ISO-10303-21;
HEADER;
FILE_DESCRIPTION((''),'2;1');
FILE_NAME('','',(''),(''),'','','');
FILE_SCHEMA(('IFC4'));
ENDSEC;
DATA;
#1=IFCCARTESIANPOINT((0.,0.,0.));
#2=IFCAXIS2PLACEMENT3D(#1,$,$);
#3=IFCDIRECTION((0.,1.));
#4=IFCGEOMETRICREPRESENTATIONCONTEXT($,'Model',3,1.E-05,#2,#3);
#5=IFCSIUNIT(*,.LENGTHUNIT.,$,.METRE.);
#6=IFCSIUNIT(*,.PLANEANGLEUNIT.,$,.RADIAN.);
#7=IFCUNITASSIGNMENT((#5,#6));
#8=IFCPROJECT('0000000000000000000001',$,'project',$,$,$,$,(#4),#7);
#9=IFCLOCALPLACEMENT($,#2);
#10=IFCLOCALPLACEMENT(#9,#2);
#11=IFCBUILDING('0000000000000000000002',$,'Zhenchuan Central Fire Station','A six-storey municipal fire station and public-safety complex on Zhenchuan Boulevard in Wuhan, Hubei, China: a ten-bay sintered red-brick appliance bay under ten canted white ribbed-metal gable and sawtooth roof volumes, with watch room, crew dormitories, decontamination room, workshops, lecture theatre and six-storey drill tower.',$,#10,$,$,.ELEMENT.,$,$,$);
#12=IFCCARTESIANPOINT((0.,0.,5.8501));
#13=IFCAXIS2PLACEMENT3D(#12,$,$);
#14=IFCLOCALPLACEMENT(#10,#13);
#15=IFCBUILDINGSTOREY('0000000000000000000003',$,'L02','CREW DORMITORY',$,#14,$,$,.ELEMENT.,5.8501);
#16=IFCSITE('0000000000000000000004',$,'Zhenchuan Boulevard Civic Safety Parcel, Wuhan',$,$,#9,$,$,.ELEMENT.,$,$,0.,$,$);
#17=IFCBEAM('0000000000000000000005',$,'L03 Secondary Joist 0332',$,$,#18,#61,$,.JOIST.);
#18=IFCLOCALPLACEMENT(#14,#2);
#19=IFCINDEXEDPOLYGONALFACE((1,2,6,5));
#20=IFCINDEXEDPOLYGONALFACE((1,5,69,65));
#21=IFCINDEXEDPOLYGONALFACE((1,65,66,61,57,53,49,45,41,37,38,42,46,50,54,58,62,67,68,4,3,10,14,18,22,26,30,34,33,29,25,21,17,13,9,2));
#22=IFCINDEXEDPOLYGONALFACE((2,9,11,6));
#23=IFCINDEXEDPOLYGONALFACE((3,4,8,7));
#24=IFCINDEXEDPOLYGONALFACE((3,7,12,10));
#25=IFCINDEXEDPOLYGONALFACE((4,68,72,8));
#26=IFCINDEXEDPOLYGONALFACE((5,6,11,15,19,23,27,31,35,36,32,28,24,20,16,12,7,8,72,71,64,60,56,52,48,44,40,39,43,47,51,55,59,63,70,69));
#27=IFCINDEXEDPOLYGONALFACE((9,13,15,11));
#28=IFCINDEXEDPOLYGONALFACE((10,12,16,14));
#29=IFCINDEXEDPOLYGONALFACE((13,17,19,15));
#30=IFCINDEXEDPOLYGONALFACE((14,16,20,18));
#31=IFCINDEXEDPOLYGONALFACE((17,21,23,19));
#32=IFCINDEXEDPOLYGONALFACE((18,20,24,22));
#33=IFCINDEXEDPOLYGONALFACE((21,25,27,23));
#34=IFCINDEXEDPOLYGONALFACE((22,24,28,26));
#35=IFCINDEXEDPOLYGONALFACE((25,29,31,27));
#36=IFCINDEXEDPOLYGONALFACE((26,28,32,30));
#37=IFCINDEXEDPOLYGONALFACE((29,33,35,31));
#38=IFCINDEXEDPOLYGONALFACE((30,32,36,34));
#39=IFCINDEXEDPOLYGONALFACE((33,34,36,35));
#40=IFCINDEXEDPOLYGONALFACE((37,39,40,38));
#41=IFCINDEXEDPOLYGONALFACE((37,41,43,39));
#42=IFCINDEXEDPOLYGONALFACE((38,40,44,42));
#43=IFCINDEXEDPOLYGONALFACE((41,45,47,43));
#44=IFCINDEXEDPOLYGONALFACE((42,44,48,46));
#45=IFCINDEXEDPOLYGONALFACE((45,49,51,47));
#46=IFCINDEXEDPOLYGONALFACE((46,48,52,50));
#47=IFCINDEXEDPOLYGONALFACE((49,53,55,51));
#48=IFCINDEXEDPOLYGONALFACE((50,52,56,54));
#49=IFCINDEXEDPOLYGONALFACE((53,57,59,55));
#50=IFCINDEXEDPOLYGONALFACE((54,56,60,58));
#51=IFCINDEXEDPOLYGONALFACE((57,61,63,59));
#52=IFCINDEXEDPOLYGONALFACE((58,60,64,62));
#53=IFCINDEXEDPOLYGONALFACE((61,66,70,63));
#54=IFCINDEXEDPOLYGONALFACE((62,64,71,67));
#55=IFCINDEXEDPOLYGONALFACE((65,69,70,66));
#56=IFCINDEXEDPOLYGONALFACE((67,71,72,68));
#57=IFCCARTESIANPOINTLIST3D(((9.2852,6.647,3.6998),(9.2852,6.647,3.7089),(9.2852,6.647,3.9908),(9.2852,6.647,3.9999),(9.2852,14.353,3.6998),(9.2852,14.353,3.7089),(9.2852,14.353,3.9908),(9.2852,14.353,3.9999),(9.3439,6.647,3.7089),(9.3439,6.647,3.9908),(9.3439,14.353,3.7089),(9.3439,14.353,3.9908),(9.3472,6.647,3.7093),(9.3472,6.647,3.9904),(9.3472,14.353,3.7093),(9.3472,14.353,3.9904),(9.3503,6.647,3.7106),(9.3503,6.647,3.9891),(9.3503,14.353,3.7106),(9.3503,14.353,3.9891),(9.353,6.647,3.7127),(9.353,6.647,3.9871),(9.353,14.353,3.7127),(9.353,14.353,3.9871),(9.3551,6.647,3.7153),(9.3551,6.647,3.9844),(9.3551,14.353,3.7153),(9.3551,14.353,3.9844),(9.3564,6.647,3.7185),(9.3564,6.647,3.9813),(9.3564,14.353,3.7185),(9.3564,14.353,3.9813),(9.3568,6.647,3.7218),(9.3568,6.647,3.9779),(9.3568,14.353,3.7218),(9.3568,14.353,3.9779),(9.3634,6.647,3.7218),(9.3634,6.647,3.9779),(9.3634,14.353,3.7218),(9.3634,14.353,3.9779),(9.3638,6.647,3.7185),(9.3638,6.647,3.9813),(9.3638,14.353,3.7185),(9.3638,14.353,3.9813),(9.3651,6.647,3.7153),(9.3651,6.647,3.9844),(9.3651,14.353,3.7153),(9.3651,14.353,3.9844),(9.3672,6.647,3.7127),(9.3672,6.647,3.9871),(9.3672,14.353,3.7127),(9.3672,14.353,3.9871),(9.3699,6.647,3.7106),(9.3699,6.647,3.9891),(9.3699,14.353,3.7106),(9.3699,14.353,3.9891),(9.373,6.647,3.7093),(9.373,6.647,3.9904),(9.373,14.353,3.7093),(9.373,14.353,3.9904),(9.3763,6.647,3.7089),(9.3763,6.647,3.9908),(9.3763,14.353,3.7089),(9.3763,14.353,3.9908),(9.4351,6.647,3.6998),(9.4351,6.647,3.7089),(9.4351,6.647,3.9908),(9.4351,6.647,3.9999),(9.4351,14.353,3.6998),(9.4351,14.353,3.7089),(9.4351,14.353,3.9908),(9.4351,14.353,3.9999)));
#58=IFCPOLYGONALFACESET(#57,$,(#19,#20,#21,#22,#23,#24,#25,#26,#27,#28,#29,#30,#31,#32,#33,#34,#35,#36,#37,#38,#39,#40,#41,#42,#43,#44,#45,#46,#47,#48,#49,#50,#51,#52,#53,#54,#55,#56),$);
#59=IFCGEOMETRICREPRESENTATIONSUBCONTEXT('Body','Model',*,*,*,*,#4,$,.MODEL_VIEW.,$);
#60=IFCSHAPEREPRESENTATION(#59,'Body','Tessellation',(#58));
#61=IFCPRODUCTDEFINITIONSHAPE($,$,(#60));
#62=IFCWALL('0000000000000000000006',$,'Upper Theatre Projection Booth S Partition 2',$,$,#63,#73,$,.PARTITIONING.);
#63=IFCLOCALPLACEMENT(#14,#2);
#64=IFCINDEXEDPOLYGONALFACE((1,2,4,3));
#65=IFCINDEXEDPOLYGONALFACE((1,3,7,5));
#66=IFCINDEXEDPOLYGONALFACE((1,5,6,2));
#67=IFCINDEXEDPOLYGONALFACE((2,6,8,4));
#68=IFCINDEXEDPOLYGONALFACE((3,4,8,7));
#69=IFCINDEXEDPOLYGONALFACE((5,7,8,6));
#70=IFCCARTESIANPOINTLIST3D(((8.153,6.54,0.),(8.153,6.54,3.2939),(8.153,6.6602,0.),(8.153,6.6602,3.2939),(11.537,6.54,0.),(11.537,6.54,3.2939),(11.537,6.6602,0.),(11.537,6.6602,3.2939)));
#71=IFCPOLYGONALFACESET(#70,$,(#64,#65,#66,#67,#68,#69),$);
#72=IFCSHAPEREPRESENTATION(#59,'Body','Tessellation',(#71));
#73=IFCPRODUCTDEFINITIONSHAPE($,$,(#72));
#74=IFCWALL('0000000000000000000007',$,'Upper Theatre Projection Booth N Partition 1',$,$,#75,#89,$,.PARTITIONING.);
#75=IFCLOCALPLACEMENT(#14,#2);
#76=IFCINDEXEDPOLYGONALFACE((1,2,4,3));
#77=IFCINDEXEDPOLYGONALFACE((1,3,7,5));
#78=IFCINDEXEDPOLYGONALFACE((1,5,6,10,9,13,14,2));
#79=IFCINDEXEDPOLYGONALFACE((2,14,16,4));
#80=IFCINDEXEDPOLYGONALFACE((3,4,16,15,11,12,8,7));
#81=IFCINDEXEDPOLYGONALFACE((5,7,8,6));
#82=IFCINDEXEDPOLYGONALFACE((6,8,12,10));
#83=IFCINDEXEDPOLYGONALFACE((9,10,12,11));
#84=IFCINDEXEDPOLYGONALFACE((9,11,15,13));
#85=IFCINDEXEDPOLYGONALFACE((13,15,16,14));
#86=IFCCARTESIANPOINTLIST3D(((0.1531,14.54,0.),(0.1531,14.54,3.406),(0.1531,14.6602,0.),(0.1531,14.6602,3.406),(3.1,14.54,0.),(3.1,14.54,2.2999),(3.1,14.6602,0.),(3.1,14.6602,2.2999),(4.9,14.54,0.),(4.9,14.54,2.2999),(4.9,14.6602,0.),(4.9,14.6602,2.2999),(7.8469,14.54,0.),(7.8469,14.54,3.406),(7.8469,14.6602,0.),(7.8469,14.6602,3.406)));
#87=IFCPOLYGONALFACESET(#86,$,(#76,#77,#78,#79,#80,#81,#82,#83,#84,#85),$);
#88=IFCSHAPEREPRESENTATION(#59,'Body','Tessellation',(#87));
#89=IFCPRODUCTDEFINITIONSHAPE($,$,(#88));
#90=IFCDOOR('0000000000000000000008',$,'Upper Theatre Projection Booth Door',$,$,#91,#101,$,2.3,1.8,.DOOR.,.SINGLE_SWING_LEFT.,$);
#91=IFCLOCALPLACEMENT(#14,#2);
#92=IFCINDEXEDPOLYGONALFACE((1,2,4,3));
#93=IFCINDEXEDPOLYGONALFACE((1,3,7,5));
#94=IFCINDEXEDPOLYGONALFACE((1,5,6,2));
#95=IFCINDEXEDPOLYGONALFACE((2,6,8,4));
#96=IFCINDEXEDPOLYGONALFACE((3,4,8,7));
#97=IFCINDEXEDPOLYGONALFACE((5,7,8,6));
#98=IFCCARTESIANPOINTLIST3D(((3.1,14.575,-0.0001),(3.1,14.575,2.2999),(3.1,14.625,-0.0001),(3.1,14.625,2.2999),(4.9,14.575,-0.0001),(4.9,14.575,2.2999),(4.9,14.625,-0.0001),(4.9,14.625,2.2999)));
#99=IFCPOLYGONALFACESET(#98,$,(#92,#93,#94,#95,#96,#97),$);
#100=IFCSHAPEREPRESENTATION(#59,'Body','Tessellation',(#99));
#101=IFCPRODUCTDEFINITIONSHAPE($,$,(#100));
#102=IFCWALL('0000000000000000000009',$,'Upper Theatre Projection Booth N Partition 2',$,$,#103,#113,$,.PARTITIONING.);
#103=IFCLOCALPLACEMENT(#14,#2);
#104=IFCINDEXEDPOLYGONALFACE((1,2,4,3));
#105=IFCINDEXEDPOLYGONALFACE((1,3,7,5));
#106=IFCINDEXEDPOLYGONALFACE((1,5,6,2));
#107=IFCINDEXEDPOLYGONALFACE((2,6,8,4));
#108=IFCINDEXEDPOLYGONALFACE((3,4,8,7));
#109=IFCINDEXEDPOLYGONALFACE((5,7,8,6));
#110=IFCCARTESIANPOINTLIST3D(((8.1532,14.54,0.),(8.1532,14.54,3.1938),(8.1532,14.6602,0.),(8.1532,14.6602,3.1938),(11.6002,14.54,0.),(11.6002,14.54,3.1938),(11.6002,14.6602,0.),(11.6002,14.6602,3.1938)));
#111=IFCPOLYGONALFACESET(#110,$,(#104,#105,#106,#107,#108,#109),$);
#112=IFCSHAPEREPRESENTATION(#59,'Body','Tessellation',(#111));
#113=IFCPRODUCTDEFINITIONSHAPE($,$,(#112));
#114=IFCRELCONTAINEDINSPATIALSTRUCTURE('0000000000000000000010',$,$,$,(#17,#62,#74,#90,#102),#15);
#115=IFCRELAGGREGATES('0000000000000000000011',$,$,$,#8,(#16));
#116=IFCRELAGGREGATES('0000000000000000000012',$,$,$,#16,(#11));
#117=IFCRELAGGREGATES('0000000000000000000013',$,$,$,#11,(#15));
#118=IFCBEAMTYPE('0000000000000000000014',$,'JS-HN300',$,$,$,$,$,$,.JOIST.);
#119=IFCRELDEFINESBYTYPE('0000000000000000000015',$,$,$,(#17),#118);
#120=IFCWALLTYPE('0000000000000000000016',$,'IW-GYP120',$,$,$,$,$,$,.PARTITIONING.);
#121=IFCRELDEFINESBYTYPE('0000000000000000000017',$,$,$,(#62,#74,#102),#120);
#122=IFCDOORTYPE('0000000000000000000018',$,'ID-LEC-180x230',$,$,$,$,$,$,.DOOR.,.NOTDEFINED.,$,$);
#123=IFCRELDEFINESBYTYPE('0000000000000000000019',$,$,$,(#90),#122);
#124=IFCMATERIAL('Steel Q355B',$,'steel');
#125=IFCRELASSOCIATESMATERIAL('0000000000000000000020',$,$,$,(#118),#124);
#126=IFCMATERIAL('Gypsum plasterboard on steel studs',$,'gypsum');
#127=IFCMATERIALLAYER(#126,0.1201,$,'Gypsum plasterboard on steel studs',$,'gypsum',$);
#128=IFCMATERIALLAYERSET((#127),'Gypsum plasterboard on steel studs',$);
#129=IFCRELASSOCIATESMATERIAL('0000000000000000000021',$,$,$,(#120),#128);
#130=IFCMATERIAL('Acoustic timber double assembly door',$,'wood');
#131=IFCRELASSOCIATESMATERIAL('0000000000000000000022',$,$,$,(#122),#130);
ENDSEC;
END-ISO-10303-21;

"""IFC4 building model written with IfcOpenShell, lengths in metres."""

from ifc_helpers import new_model, si_unit, direction, frame, frame_2d, origin, origin_2d, place, context, subcontext, project, spatial, rectangle, i_section, extrude, material, layer, layer_set, material_profile, profile_set, type_object, element, fill, save


model = new_model("IFC4")

# Units and contexts
model_context = context("Model", 3, precision=1e-05, world=origin(), true_north=direction((0.0, 1.0)))
body_context = subcontext(model_context, "Body", "Model", "MODEL_VIEW")
ifc_project = project(units=[si_unit("LENGTHUNIT", "METRE"), si_unit("PLANEANGLEUNIT", "RADIAN")], contexts=[model_context])

# Site, building, storey
site_placement = place(None, origin())
site = spatial("IfcSite", under=ifc_project, at=site_placement, Name="Zhenchuan Boulevard Civic Safety Parcel, Wuhan", CompositionType="ELEMENT", RefElevation=0.0)
building_placement = place(site_placement, origin())
building = spatial("IfcBuilding", under=site, at=building_placement, Name="Zhenchuan Central Fire Station", Description="A six-storey municipal fire station and public-safety complex on Zhenchuan Boulevard in Wuhan, Hubei, China: a ten-bay sintered red-brick appliance bay under ten canted white ribbed-metal gable and sawtooth roof volumes, with watch room, crew dormitories, decontamination room, workshops, lecture theatre and six-storey drill tower.", CompositionType="ELEMENT")
storey_placement = place(building_placement, frame((0.0, 0.0, 5.8501)))
storey = spatial("IfcBuildingStorey", under=building, at=storey_placement, Name="L02", Description="CREW DORMITORY", CompositionType="ELEMENT", Elevation=5.8501)

# Shared definitions
ifc_material_1 = material(Name="Steel Q355B", Category="steel")

# Beam
ifc_material_profile_1 = material_profile(ifc_material_1, i_section(OverallWidth=0.1499, OverallDepth=0.3, WebThickness=0.0066, FlangeThickness=0.009, FilletRadius=0.0129, at=origin_2d()), Name="HN 300x150")
ifc_profile_set_1 = profile_set([ifc_material_profile_1], Name="Steel Q355B")
beam_type_1 = type_object("IfcBeamType", Name="JS-HN300", PredefinedType="JOIST", material=ifc_profile_set_1)
beam_1_placement = place(storey_placement, frame((9.3601, 6.647, 3.8499), z_axis=(0.0, 1.0, 0.0), x_axis=(-1.0, 0.0, 0.0)))
element("IfcBeam", 1, at=beam_1_placement, inside=storey, type_object=beam_type_1, Name="L03 Secondary Joist 0332", PredefinedType="JOIST", context=body_context, shape_type="SweptSolid", body=[
    extrude(i_section(OverallWidth=0.1499, OverallDepth=0.3, WebThickness=0.0066, FlangeThickness=0.009, FilletRadius=0.0129, at=origin_2d()), origin(), (0.0, 0.0, 1.0), 7.7061),
])

# Wall
ifc_material_2 = material(Name="Gypsum plasterboard on steel studs", Category="gypsum")
ifc_layer = layer(ifc_material_2, 0.1201, Name="Gypsum plasterboard on steel studs", Category="gypsum")
ifc_layer_set = layer_set([ifc_layer], Name="Gypsum plasterboard on steel studs")
wall_type = type_object("IfcWallType", Name="IW-GYP120", PredefinedType="PARTITIONING", material=ifc_layer_set)
wall_1_placement = place(storey_placement, frame((8.1531, 6.6001, 0.0), z_axis=(0.0, 0.0, 1.0), x_axis=(1.0, 0.0, 0.0)))
element("IfcWall", 2, at=wall_1_placement, inside=storey, type_object=wall_type, Name="Upper Theatre Projection Booth S Partition 2", PredefinedType="PARTITIONING", context=body_context, shape_type="SweptSolid", body=[
    extrude(rectangle(XDim=3.384, YDim=0.1201, at=frame_2d((1.6919, 0.0))), origin(), (0.0, 0.0, 1.0), 3.2939),
])

# Wall, opening, door
wall_2_placement = place(storey_placement, frame((0.1531, 14.6001, 0.0), z_axis=(0.0, 0.0, 1.0), x_axis=(1.0, 0.0, 0.0)))
wall_2 = element("IfcWall", 3, at=wall_2_placement, inside=storey, type_object=wall_type, Name="Upper Theatre Projection Booth N Partition 1", PredefinedType="PARTITIONING", context=body_context, shape_type="SweptSolid", body=[
    extrude(rectangle(XDim=7.6938, YDim=0.1201, at=frame_2d((3.8469, 0.0))), origin(), (0.0, 0.0, 1.0), 3.406),
])
opening_placement = place(wall_2_placement, frame((2.947, 0.0, 0.0)))
opening = element("IfcOpeningElement", 4, at=opening_placement, cuts=wall_2, PredefinedType="OPENING", context=body_context, shape_type="SweptSolid", body=[
    extrude(rectangle(XDim=1.8, YDim=2.3, at=frame_2d((0.8999, 1.1499))), frame((0.0, 0.0701, 0.0), z_axis=(0.0, -1.0, 0.0), x_axis=(1.0, 0.0, 0.0)), (0.0, 0.0, 1.0), 0.1401),
])
ifc_material_3 = material(Name="Acoustic timber double assembly door", Category="wood")
door_type = type_object("IfcDoorType", Name="ID-LEC-180x230", OperationType="NOTDEFINED", PredefinedType="DOOR", material=ifc_material_3)
door_placement = place(opening_placement, origin())
door = element("IfcDoor", 5, at=door_placement, inside=storey, type_object=door_type, Name="Upper Theatre Projection Booth Door", OperationType="SINGLE_SWING_LEFT", OverallHeight=2.3, OverallWidth=1.8, PredefinedType="DOOR", context=body_context, shape_type="SweptSolid", body=[
    extrude(rectangle(XDim=1.8, YDim=2.3, at=frame_2d((0.8999, 1.1499))), frame((0.0, 0.0249, 0.0), z_axis=(0.0, -1.0, 0.0), x_axis=(1.0, 0.0, 0.0)), (0.0, 0.0, 1.0), 0.05),
])
fill(opening, door)

# Wall
wall_3_placement = place(storey_placement, frame((8.1531, 14.6001, 0.0), z_axis=(0.0, 0.0, 1.0), x_axis=(1.0, 0.0, 0.0)))
element("IfcWall", 6, at=wall_3_placement, inside=storey, type_object=wall_type, Name="Upper Theatre Projection Booth N Partition 2", PredefinedType="PARTITIONING", context=body_context, shape_type="SweptSolid", body=[
    extrude(rectangle(XDim=3.447, YDim=0.1201, at=frame_2d((1.7236, 0.0))), origin(), (0.0, 0.0, 1.0), 3.1938),
])

save(model, "model.ifc")
